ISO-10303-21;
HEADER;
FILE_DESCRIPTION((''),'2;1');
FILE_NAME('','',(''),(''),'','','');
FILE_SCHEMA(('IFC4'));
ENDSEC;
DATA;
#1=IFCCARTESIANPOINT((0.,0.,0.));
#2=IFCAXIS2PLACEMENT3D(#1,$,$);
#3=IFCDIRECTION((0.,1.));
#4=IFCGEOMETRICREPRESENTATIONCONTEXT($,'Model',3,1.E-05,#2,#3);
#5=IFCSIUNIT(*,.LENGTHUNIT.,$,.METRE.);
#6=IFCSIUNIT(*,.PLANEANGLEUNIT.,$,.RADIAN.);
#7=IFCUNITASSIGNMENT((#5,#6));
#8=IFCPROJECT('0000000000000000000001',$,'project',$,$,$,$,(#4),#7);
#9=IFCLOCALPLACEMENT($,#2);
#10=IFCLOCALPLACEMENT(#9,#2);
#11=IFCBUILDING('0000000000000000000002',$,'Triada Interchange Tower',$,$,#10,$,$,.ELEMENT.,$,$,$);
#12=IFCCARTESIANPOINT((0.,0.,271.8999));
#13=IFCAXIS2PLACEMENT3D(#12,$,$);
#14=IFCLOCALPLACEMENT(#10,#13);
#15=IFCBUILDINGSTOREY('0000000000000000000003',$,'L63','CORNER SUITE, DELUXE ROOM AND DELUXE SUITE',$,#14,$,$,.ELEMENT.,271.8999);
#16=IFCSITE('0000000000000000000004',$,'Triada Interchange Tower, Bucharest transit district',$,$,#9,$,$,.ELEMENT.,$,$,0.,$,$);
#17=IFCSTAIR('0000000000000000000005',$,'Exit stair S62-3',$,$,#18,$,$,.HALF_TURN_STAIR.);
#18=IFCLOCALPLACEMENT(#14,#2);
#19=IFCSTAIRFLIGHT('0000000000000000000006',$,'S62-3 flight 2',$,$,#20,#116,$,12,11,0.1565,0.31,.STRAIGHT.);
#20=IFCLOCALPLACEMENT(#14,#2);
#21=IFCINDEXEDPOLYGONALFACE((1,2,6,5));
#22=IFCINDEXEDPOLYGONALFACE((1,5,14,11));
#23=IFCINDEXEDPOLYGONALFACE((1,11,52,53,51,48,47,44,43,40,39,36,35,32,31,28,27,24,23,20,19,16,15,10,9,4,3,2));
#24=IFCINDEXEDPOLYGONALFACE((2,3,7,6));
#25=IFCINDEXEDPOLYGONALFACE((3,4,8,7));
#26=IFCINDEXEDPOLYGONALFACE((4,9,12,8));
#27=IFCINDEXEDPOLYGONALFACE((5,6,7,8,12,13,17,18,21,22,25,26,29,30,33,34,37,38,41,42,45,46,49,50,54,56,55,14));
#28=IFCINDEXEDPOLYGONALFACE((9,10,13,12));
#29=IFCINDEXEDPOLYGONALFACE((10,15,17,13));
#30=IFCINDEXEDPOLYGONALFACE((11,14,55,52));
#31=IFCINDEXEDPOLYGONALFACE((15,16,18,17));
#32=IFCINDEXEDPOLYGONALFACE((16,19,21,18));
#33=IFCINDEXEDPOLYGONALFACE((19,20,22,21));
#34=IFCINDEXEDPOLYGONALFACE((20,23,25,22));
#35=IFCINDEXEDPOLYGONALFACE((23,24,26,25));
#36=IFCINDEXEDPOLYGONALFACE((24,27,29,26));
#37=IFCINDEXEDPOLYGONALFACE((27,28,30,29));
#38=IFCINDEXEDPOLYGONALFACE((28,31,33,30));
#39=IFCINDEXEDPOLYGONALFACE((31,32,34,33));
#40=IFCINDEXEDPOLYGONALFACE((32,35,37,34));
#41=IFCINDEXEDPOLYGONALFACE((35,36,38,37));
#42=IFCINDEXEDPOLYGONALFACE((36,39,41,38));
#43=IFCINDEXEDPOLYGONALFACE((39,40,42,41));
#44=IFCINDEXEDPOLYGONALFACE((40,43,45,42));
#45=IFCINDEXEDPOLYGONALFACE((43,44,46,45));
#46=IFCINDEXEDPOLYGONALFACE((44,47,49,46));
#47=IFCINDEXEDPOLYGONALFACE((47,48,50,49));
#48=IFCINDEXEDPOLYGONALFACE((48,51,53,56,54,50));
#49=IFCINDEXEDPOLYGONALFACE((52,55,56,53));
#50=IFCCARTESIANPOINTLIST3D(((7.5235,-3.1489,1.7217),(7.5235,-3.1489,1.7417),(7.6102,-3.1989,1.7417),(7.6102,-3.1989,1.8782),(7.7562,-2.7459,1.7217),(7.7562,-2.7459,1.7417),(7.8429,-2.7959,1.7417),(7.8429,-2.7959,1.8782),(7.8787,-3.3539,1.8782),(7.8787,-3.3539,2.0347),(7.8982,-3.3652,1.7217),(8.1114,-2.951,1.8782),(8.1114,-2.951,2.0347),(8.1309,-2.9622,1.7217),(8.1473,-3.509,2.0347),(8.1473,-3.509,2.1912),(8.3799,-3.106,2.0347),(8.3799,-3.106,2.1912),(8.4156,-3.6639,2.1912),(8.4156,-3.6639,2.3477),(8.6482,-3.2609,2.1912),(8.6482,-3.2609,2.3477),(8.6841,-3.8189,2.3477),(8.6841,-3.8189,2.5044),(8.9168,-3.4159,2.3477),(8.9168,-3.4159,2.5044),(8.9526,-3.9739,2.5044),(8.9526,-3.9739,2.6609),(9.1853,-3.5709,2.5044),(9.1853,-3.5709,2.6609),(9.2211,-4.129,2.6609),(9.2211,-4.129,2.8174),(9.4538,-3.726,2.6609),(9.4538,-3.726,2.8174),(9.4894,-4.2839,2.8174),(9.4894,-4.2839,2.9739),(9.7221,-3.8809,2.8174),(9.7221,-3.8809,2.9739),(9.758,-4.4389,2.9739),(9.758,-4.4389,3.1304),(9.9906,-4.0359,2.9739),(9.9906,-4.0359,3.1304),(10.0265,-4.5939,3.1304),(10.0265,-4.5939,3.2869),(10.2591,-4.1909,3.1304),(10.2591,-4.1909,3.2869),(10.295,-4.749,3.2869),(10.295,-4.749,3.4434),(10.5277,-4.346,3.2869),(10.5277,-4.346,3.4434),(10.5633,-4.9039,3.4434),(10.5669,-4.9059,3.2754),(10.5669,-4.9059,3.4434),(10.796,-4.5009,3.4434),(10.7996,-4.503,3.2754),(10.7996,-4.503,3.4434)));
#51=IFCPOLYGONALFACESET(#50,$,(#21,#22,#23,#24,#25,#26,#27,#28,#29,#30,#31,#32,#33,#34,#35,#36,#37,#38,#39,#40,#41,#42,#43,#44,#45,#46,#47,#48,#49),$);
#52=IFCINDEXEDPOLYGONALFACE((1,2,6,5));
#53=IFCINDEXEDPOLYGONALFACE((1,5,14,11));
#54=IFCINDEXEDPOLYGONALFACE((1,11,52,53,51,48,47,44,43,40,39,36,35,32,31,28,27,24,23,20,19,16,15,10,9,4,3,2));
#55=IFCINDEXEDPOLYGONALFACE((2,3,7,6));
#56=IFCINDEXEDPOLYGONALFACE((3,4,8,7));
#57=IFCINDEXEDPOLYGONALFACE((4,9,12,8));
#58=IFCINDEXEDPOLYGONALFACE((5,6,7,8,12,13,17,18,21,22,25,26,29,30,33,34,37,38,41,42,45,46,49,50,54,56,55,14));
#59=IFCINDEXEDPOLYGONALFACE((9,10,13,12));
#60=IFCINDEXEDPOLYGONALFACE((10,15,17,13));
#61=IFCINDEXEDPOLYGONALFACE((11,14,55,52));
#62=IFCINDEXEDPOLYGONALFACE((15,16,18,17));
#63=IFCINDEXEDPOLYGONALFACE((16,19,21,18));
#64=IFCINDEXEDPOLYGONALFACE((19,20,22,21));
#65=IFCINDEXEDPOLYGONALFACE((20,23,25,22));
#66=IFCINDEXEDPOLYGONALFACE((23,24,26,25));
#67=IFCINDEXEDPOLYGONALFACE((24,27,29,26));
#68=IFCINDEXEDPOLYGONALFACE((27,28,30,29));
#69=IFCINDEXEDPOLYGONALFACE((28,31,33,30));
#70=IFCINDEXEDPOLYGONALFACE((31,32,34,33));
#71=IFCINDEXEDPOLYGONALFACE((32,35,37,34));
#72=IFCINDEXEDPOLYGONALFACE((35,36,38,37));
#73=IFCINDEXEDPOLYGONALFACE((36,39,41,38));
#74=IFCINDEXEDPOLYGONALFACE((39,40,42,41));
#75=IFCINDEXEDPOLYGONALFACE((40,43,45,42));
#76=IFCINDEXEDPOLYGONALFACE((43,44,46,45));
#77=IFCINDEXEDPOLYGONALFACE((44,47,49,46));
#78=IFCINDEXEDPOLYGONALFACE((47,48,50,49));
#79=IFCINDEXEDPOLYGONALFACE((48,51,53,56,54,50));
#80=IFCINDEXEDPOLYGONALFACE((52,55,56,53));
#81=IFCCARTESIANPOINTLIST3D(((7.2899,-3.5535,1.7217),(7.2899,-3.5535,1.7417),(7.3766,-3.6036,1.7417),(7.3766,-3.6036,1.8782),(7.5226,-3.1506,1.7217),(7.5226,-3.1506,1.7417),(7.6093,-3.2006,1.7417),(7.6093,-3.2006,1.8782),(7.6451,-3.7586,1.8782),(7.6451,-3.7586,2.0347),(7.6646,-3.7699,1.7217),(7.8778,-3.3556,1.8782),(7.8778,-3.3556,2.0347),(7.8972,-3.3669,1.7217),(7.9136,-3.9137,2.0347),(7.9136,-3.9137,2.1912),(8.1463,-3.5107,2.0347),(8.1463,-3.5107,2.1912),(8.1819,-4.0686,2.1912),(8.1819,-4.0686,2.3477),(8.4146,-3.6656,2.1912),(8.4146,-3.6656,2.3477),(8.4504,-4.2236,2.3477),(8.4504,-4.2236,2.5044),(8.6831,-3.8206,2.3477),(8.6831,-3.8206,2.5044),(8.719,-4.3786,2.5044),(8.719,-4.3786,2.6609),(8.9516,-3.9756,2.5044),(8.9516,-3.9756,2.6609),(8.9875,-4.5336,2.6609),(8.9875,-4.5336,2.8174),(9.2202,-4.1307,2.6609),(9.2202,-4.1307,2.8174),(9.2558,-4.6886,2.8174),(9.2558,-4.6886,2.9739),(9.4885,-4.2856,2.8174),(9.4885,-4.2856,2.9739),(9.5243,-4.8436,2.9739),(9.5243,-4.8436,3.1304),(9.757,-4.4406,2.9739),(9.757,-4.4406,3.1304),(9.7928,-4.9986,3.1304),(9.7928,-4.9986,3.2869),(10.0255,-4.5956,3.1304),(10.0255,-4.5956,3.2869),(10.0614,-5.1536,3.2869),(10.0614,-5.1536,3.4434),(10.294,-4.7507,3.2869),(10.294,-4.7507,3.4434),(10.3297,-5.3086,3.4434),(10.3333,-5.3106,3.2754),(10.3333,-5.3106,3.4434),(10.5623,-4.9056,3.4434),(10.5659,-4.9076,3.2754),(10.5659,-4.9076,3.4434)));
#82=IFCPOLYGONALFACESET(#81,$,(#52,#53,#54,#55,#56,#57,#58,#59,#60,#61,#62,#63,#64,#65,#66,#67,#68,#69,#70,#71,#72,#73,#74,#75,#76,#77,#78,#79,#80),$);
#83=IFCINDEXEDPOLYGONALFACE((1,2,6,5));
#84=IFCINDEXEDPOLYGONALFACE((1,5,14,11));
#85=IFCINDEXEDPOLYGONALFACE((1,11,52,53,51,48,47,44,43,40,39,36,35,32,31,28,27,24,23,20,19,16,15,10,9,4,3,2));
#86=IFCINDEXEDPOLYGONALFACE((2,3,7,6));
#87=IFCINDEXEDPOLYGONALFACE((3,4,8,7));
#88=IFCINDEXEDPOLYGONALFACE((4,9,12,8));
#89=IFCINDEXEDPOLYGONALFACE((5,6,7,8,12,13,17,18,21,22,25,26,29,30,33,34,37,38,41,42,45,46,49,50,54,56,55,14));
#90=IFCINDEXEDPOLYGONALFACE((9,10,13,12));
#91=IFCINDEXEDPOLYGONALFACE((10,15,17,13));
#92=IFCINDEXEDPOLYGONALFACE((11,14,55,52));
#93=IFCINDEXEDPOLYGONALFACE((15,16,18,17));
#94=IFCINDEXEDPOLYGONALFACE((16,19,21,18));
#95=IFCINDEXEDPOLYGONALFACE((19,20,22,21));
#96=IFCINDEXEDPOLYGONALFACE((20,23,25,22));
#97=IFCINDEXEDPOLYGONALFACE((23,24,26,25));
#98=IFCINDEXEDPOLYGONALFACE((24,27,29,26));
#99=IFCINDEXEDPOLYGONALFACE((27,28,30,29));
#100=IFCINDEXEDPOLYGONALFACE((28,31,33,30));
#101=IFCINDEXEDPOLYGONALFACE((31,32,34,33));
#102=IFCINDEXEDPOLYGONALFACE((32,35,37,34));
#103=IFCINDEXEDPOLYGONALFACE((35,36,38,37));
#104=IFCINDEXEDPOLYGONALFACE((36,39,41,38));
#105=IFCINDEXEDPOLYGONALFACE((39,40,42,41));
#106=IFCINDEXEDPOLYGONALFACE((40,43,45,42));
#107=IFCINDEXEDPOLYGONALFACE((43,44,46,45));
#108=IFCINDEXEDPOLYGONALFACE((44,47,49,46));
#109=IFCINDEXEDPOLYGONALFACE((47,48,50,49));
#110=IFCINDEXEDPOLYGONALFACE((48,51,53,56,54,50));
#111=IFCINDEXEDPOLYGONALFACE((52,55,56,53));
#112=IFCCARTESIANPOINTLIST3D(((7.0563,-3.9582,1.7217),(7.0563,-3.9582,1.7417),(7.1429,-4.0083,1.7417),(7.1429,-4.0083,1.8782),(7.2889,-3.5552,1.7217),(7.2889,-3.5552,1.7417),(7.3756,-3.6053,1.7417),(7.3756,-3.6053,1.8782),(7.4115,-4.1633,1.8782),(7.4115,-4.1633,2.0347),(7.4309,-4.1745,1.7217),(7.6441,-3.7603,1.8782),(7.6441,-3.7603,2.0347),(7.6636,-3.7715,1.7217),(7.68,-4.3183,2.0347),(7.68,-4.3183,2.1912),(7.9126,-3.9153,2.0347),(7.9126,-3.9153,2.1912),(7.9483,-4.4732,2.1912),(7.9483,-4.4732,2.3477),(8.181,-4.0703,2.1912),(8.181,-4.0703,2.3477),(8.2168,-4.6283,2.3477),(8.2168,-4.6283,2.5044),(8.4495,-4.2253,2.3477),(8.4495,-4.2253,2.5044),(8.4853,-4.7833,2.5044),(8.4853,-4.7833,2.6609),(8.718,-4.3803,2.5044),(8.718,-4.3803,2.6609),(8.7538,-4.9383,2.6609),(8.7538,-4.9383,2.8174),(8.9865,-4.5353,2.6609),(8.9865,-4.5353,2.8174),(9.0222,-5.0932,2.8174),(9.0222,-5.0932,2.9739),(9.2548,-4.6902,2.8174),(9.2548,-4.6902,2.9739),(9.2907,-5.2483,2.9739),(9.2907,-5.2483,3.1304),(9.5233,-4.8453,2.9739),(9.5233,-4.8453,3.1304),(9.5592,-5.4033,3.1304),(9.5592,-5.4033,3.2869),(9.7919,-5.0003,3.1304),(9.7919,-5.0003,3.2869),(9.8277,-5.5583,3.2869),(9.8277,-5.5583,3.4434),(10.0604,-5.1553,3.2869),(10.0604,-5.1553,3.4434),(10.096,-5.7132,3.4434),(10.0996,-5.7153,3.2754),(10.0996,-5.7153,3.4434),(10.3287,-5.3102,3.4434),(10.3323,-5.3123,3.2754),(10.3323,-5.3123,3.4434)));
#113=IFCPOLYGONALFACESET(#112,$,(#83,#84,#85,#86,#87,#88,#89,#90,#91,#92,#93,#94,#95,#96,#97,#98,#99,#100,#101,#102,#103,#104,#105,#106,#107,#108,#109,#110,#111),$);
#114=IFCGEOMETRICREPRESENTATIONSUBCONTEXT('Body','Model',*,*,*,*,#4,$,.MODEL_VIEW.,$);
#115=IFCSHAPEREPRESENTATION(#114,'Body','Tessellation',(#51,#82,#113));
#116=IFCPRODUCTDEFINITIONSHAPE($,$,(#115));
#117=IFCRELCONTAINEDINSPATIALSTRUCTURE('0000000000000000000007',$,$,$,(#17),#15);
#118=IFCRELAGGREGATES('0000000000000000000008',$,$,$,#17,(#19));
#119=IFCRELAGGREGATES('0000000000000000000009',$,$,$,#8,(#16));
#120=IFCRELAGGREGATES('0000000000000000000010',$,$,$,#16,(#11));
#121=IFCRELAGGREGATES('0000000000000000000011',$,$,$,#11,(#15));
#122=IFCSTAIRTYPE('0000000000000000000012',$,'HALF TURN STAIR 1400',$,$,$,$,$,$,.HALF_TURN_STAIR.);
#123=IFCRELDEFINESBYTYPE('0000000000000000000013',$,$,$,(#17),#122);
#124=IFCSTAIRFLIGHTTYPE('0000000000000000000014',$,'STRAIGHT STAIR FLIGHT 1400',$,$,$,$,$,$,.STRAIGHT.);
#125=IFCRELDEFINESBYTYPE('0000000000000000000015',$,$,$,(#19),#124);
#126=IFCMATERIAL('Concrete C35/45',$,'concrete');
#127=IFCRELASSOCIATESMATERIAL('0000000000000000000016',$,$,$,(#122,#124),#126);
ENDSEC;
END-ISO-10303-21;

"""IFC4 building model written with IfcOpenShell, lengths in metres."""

from ifc_helpers import new_model, si_unit, direction, frame, origin, place, context, subcontext, project, spatial, polyline, outline, extrude, material, type_object, element, aggregate, save


model = new_model("IFC4")

# Units and contexts
model_context = context("Model", 3, precision=1e-05, world=origin(), true_north=direction((0.0, 1.0)))
body_context = subcontext(model_context, "Body", "Model", "MODEL_VIEW")
ifc_project = project(units=[si_unit("LENGTHUNIT", "METRE"), si_unit("PLANEANGLEUNIT", "RADIAN")], contexts=[model_context])

# Site, building, storey
site_placement = place(None, origin())
site = spatial("IfcSite", under=ifc_project, at=site_placement, Name="Triada Interchange Tower, Bucharest transit district", CompositionType="ELEMENT", RefElevation=0.0)
building_placement = place(site_placement, origin())
building = spatial("IfcBuilding", under=site, at=building_placement, Name="Triada Interchange Tower", CompositionType="ELEMENT")
storey_placement = place(building_placement, frame((0.0, 0.0, 271.8999)))
storey = spatial("IfcBuildingStorey", under=building, at=storey_placement, Name="L63", Description="CORNER SUITE, DELUXE ROOM AND DELUXE SUITE", CompositionType="ELEMENT", Elevation=271.8999)

# Stair, stair flight
ifc_material_1 = material(Name="Concrete C35/45", Category="concrete")
stair_type = type_object("IfcStairType", Name="HALF TURN STAIR 1400", PredefinedType="HALF_TURN_STAIR", material=ifc_material_1)
stair_placement = place(storey_placement, origin())
stair = element("IfcStair", 1, at=stair_placement, inside=storey, type_object=stair_type, Name="Exit stair S62-3", PredefinedType="HALF_TURN_STAIR")
stair_flight_type = type_object("IfcStairFlightType", Name="STRAIGHT STAIR FLIGHT 1400", PredefinedType="STRAIGHT", material=ifc_material_1)
stair_flight_1_placement = place(storey_placement, frame((7.4929, -3.4021, 1.7217), z_axis=(0.0, 0.0, 1.0), x_axis=(0.866025, -0.5, 0.0)))
stair_flight_1 = element("IfcStairFlight", 2, at=stair_flight_1_placement, type_object=stair_flight_type, Name="S62-3 flight 2", NumberOfRisers=12, NumberOfTreads=11, PredefinedType="STRAIGHT", RiserHeight=0.1565, TreadLength=0.31, context=body_context, shape_type="SweptSolid", body=[
    extrude(outline(polyline([(-0.1001, 0.0), (-0.1001, 0.02), (0.0, 0.02), (0.0, 0.1565), (0.3101, 0.1565), (0.3101, 0.313), (0.6201, 0.313), (0.6201, 0.4695), (0.9299, 0.4695), (0.9299, 0.626), (1.24, 0.626), (1.24, 0.7827), (1.55, 0.7827), (1.55, 0.9392), (1.8601, 0.9392), (1.8601, 1.0957), (2.1699, 1.0957), (2.1699, 1.2522), (2.48, 1.2522), (2.48, 1.4087), (2.79, 1.4087), (2.79, 1.5652), (3.1001, 1.5652), (3.1001, 1.7217), (3.4099, 1.7217), (3.4141, 1.7217), (3.4141, 1.8782), (3.4141, 1.5537), (0.3325, 0.0), (-0.1001, 0.0)])), frame((0.0, 0.7, 0.0), z_axis=(0.0, -1.0, 0.0), x_axis=(1.0, 0.0, 0.0)), (0.0, 0.0, 1.0), 0.4653),
    extrude(outline(polyline([(-0.1001, 0.0), (-0.1001, 0.02), (0.0, 0.02), (0.0, 0.1565), (0.3101, 0.1565), (0.3101, 0.313), (0.6201, 0.313), (0.6201, 0.4695), (0.9299, 0.4695), (0.9299, 0.626), (1.24, 0.626), (1.24, 0.7827), (1.55, 0.7827), (1.55, 0.9392), (1.8601, 0.9392), (1.8601, 1.0957), (2.1699, 1.0957), (2.1699, 1.2522), (2.48, 1.2522), (2.48, 1.4087), (2.79, 1.4087), (2.79, 1.5652), (3.1001, 1.5652), (3.1001, 1.7217), (3.4099, 1.7217), (3.4141, 1.7217), (3.4141, 1.8782), (3.4141, 1.5537), (0.3325, 0.0), (-0.1001, 0.0)])), frame((0.0, 0.2327, 0.0), z_axis=(0.0, -1.0, 0.0), x_axis=(1.0, 0.0, 0.0)), (0.0, 0.0, 1.0), 0.4653),
    extrude(outline(polyline([(-0.1001, 0.0), (-0.1001, 0.02), (0.0, 0.02), (0.0, 0.1565), (0.3101, 0.1565), (0.3101, 0.313), (0.6201, 0.313), (0.6201, 0.4695), (0.9299, 0.4695), (0.9299, 0.626), (1.24, 0.626), (1.24, 0.7827), (1.55, 0.7827), (1.55, 0.9392), (1.8601, 0.9392), (1.8601, 1.0957), (2.1699, 1.0957), (2.1699, 1.2522), (2.48, 1.2522), (2.48, 1.4087), (2.79, 1.4087), (2.79, 1.5652), (3.1001, 1.5652), (3.1001, 1.7217), (3.4099, 1.7217), (3.4141, 1.7217), (3.4141, 1.8782), (3.4141, 1.5537), (0.3325, 0.0), (-0.1001, 0.0)])), frame((0.0, -0.2346, 0.0), z_axis=(0.0, -1.0, 0.0), x_axis=(1.0, 0.0, 0.0)), (0.0, 0.0, 1.0), 0.4653),
])
aggregate(stair, [stair_flight_1])

save(model, "model.ifc")
